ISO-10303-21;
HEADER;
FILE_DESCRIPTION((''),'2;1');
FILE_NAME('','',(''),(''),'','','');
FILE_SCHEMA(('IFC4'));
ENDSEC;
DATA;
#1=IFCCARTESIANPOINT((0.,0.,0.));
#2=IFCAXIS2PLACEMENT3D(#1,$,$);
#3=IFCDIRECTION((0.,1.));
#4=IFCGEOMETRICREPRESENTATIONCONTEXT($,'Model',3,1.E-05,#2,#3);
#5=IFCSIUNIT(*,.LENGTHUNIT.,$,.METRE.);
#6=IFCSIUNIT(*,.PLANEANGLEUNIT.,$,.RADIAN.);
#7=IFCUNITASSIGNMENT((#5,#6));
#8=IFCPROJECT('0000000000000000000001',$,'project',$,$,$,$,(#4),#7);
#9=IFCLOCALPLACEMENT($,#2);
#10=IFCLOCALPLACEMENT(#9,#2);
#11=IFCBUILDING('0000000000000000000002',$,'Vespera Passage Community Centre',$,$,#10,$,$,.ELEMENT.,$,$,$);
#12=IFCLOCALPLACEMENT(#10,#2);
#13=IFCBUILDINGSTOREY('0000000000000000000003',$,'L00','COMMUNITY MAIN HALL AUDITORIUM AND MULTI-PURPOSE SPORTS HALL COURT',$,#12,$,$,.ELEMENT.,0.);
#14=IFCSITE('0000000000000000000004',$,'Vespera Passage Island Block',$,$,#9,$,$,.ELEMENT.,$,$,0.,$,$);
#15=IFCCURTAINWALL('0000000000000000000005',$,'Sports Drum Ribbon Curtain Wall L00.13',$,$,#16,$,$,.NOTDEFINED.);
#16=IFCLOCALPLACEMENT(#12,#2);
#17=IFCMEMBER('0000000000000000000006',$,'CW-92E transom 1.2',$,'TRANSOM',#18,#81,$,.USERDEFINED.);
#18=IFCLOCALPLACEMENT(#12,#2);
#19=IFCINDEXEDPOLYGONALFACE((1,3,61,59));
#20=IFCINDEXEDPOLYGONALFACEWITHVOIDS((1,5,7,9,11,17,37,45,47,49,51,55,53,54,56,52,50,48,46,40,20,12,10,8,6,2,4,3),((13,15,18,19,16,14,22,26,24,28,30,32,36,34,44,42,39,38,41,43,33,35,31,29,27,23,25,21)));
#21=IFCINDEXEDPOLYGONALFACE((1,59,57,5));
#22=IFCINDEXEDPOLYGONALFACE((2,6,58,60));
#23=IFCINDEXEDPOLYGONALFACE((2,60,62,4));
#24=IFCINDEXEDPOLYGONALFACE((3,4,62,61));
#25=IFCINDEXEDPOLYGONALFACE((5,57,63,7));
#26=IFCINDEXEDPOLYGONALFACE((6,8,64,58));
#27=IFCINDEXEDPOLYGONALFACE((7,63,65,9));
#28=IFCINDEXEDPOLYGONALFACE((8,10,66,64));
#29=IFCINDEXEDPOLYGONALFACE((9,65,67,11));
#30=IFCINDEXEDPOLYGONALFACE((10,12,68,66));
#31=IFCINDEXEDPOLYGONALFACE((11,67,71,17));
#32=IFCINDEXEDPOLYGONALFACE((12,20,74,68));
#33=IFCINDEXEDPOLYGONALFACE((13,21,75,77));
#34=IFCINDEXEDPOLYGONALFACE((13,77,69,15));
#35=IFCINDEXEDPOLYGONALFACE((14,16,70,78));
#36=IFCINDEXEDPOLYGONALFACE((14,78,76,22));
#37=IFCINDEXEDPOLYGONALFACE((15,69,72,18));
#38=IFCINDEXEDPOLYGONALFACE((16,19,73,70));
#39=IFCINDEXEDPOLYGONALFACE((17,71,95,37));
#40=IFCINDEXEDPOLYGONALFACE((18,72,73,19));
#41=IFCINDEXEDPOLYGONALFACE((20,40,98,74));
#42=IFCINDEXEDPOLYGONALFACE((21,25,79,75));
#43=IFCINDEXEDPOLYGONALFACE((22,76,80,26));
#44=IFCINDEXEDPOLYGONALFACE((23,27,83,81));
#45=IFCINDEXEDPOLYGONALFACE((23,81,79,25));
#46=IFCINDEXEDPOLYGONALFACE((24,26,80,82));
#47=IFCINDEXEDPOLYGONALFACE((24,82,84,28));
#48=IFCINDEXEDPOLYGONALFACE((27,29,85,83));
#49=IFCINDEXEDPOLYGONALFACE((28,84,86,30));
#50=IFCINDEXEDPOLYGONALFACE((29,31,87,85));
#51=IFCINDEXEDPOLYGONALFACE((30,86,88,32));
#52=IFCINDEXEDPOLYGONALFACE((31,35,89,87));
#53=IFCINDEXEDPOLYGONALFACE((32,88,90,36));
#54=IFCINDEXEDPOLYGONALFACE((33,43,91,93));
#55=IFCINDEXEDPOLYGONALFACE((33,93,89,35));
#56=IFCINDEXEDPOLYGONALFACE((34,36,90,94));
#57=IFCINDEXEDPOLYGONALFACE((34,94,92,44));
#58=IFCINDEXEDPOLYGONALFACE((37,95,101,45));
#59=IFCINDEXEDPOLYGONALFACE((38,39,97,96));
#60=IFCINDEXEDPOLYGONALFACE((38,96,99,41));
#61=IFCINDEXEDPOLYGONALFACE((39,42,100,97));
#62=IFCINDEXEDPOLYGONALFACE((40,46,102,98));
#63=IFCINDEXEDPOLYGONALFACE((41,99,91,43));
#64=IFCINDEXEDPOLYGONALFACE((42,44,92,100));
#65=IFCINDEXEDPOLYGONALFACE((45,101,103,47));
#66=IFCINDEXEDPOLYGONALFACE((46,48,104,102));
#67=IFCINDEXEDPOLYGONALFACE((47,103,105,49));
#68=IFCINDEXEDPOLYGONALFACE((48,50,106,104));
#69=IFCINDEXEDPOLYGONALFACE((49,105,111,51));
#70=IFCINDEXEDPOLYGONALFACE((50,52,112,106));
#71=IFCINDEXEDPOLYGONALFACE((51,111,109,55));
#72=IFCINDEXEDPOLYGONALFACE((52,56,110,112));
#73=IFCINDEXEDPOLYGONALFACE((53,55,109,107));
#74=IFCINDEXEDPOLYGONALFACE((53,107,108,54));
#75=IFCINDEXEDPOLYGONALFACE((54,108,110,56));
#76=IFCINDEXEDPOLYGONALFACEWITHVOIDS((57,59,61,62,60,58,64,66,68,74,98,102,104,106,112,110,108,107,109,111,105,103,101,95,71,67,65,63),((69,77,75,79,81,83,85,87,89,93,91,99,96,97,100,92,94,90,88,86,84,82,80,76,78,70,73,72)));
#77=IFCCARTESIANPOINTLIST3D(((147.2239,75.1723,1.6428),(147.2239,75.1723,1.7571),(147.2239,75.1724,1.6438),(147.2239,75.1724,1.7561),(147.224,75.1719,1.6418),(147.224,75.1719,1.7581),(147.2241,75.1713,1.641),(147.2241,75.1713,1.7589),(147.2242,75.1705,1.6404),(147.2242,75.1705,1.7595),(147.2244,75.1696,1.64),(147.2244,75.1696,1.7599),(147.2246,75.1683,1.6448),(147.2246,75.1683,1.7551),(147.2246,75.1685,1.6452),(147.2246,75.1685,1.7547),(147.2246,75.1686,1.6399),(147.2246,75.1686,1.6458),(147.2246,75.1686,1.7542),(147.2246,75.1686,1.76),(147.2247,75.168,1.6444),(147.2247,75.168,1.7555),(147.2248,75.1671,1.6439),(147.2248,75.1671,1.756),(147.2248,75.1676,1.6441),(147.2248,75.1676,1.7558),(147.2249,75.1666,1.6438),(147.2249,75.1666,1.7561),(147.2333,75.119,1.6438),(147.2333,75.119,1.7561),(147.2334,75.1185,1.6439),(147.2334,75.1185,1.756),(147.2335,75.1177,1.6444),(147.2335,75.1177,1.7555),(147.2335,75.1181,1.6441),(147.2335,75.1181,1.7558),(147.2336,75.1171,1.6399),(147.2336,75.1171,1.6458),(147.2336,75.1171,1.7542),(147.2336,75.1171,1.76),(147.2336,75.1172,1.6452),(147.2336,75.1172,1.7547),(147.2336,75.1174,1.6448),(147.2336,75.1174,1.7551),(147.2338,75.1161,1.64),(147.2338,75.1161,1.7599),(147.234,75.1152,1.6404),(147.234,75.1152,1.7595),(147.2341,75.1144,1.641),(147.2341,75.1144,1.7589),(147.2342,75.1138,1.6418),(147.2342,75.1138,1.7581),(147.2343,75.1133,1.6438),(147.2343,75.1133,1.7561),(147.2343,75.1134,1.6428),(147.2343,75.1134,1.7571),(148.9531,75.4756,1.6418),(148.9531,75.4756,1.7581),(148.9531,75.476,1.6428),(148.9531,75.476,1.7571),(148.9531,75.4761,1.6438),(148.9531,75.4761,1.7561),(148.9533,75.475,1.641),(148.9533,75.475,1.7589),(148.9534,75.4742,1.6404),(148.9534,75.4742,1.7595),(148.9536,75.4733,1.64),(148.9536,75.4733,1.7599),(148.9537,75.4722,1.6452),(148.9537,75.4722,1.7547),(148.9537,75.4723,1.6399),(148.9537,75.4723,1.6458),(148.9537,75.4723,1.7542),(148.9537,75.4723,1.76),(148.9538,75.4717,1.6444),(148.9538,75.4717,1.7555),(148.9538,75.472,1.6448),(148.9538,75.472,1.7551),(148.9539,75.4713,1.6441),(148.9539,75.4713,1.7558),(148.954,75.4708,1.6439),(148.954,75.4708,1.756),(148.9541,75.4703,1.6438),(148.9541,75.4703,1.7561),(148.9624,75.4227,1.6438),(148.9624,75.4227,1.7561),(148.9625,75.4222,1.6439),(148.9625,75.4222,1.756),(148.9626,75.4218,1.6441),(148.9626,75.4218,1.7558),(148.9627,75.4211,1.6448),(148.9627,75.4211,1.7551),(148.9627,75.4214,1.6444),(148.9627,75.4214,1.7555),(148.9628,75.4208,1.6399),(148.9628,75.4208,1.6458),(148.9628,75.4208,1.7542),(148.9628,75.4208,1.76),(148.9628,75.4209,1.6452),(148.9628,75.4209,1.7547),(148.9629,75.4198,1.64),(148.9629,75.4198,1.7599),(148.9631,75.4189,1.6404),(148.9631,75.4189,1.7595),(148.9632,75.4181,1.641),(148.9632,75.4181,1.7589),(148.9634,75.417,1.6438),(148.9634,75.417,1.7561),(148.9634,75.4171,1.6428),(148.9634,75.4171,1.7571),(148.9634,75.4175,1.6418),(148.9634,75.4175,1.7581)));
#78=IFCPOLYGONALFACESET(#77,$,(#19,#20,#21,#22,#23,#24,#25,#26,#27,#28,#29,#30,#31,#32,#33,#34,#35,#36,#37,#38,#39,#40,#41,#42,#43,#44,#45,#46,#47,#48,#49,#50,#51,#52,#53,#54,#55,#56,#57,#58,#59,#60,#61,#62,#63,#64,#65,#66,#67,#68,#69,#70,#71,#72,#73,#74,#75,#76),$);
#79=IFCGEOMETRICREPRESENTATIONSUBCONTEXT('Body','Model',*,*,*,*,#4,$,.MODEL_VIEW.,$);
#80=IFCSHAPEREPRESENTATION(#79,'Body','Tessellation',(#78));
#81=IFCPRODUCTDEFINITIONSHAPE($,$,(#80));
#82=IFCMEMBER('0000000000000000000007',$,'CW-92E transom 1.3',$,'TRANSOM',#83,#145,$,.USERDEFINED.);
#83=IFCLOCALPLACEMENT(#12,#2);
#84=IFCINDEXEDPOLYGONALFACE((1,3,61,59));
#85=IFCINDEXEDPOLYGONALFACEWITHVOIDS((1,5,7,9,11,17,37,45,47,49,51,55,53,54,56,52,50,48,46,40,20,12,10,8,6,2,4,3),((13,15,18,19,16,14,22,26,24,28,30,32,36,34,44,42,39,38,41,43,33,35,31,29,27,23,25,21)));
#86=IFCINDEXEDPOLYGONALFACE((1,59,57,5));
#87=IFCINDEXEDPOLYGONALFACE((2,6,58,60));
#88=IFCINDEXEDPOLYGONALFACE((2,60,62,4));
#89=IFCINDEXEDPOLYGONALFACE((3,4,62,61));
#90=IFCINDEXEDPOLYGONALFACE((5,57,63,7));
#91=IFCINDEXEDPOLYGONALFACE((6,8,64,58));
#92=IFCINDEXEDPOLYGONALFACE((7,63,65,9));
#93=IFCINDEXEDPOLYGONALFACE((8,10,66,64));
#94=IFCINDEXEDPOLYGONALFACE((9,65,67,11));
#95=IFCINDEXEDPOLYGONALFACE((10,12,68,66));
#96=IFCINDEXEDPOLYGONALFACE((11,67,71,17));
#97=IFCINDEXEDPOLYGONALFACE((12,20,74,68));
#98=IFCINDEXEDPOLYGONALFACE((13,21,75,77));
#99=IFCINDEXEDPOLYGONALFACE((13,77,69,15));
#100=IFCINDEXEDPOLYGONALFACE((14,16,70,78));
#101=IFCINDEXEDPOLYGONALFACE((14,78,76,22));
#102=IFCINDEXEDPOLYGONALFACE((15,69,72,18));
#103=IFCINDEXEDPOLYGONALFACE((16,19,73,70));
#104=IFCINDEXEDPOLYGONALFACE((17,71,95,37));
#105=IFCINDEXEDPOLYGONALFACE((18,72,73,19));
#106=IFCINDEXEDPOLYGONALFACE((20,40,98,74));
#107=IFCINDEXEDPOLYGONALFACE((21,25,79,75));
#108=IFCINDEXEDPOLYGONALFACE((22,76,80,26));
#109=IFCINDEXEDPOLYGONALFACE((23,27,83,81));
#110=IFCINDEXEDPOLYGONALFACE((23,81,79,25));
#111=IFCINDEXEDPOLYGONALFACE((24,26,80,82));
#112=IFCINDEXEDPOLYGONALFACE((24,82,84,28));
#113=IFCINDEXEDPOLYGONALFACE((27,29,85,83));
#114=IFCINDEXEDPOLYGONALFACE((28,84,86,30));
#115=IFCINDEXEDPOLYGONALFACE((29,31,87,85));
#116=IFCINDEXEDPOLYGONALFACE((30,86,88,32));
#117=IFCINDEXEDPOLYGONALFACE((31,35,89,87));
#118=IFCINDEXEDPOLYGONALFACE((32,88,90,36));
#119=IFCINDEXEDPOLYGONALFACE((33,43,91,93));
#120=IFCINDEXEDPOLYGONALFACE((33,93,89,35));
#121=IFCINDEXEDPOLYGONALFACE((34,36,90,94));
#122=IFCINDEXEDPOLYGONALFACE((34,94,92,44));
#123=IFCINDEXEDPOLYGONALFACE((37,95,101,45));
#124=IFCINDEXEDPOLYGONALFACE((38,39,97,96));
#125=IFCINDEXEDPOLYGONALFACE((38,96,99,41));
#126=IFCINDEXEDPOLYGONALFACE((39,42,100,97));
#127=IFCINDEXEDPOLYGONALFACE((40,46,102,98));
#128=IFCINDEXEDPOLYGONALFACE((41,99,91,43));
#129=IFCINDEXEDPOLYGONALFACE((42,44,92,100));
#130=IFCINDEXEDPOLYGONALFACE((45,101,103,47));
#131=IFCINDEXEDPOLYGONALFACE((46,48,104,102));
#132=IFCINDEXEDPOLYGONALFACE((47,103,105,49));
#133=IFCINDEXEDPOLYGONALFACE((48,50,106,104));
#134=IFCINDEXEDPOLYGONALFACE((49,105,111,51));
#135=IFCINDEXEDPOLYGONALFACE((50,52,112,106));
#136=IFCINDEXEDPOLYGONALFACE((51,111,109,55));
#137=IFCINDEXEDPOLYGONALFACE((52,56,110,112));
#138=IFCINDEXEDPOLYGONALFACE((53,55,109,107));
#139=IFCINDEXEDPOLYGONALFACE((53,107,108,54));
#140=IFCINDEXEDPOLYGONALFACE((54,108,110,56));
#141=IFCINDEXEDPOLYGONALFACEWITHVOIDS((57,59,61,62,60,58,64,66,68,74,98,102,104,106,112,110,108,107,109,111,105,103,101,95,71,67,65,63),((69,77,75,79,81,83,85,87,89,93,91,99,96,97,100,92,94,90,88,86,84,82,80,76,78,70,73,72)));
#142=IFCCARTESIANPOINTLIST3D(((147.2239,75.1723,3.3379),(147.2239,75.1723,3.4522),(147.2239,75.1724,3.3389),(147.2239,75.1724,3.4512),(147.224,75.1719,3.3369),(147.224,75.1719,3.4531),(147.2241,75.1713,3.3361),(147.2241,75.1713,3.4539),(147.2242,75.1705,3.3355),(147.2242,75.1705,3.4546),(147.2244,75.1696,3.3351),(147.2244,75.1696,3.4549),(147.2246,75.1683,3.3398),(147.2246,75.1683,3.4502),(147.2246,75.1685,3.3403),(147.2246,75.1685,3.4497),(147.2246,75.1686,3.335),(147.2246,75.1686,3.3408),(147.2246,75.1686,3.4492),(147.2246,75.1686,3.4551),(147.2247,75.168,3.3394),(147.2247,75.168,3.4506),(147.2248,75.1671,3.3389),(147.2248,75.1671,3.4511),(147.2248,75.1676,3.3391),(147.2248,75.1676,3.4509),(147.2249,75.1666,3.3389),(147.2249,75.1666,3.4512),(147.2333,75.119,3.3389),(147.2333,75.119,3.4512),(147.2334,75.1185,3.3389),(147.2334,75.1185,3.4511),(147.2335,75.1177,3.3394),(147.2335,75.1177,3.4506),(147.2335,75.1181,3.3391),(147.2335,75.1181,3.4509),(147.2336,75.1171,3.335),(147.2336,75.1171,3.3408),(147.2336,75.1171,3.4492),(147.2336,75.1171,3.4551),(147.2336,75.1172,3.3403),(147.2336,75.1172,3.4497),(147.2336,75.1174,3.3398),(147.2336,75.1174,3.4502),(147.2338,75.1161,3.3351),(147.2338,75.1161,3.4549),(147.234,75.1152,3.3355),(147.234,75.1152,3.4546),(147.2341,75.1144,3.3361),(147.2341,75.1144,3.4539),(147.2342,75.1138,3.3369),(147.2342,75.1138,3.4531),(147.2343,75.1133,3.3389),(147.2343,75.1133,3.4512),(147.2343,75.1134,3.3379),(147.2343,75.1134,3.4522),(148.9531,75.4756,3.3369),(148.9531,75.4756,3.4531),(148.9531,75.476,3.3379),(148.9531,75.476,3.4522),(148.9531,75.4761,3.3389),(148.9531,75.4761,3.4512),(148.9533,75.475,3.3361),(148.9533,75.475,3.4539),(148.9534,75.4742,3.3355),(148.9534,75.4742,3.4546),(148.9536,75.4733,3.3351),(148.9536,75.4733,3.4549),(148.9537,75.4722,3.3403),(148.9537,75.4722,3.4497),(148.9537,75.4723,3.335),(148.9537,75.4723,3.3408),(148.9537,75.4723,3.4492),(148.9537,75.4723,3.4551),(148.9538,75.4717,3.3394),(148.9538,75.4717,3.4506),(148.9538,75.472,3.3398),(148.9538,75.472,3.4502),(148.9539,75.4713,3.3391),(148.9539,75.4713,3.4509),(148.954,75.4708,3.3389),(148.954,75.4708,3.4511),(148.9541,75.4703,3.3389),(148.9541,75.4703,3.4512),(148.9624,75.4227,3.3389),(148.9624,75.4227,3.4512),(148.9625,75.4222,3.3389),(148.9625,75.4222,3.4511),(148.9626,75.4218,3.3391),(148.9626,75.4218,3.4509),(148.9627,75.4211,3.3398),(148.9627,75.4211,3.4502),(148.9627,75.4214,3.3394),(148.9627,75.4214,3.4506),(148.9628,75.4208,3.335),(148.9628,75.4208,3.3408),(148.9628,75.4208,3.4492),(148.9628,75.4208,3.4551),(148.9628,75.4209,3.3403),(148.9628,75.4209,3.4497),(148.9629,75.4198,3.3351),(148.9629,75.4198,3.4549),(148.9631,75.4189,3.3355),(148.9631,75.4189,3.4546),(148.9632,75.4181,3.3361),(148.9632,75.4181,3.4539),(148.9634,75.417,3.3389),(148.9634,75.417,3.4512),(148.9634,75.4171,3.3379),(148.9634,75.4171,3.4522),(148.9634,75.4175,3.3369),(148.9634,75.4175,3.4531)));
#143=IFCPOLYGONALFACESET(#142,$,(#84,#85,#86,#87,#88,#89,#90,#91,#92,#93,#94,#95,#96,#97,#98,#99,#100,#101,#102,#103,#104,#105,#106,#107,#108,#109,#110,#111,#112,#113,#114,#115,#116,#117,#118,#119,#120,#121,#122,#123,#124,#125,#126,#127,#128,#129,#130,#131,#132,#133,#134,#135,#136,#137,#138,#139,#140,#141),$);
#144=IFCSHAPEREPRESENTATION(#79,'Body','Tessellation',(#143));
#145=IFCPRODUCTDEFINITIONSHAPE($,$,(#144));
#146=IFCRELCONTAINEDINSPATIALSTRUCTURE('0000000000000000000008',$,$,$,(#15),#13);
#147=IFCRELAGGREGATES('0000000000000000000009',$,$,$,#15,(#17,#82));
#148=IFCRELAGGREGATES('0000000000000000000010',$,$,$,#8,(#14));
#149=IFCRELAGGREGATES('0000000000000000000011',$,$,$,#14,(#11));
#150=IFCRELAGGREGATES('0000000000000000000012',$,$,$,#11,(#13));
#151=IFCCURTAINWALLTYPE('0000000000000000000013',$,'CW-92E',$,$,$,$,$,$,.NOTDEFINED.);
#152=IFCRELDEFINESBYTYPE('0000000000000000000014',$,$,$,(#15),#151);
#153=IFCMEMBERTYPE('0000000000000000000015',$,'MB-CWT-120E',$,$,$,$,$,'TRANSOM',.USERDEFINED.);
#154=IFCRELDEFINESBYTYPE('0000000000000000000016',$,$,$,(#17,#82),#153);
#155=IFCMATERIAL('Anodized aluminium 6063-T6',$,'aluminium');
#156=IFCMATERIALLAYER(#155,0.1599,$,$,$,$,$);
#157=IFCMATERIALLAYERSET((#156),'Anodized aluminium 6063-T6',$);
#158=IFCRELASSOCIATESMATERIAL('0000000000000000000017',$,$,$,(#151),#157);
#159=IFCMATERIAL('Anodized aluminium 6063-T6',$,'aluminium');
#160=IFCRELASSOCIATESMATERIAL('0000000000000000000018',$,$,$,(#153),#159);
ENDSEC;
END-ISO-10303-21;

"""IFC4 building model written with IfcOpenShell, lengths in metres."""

from ifc_helpers import new_model, si_unit, direction, frame, origin, origin_2d, place, context, subcontext, project, spatial, hollow_rectangle, extrude, material, layer, layer_set, material_profile, profile_set, type_object, element, aggregate, save


model = new_model("IFC4")

# Units and contexts
model_context = context("Model", 3, precision=1e-05, world=origin(), true_north=direction((0.0, 1.0)))
body_context = subcontext(model_context, "Body", "Model", "MODEL_VIEW")
ifc_project = project(units=[si_unit("LENGTHUNIT", "METRE"), si_unit("PLANEANGLEUNIT", "RADIAN")], contexts=[model_context])

# Site, building, storey
site_placement = place(None, origin())
site = spatial("IfcSite", under=ifc_project, at=site_placement, Name="Vespera Passage Island Block", CompositionType="ELEMENT", RefElevation=0.0)
building_placement = place(site_placement, origin())
building = spatial("IfcBuilding", under=site, at=building_placement, Name="Vespera Passage Community Centre", CompositionType="ELEMENT")
storey_placement = place(building_placement, origin())
storey = spatial("IfcBuildingStorey", under=building, at=storey_placement, Name="L00", Description="COMMUNITY MAIN HALL AUDITORIUM AND MULTI-PURPOSE SPORTS HALL COURT", CompositionType="ELEMENT", Elevation=0.0)

# Curtain wall
ifc_material_1 = material(Name="Anodized aluminium 6063-T6", Category="aluminium")
ifc_layer_1 = layer(ifc_material_1, 0.1599)
ifc_layer_set_1 = layer_set([ifc_layer_1], Name="Anodized aluminium 6063-T6")
curtain_wall_type_1 = type_object("IfcCurtainWallType", Name="CW-92E", PredefinedType="NOTDEFINED", material=ifc_layer_set_1)
curtain_wall_1_placement = place(storey_placement, origin())
curtain_wall_1 = element("IfcCurtainWall", 1, at=curtain_wall_1_placement, inside=storey, type_object=curtain_wall_type_1, Name="Sports Drum Ribbon Curtain Wall L00.13", PredefinedType="NOTDEFINED")

# Members
ifc_material_2 = material(Name="Anodized aluminium 6063-T6", Category="aluminium")
ifc_material_profile_1 = material_profile(ifc_material_2, hollow_rectangle(XDim=0.0601, YDim=0.1201, WallThickness=0.0039, InnerFilletRadius=0.002, OuterFilletRadius=0.0039, at=origin_2d()), Name="ALU120X60X4")
ifc_profile_set_1 = profile_set([ifc_material_profile_1], Name="Anodized aluminium 6063-T6")
member_type_1 = type_object("IfcMemberType", Name="MB-CWT-120E", ElementType="TRANSOM", PredefinedType="USERDEFINED", material=ifc_profile_set_1)
member_1_placement = place(storey_placement, frame((148.9583, 75.4465, 1.7), z_axis=(-0.984925, -0.172984, 0.0), x_axis=(0.172984, -0.984925, 0.0)))
member_1 = element("IfcMember", 2, at=member_1_placement, type_object=member_type_1, Name="CW-92E transom 1.2", ObjectType="TRANSOM", PredefinedType="USERDEFINED", context=body_context, shape_type="SweptSolid", body=[
    extrude(hollow_rectangle(XDim=0.0601, YDim=0.1201, WallThickness=0.0039, InnerFilletRadius=0.002, OuterFilletRadius=0.0039, at=origin_2d()), origin(), (0.0, 0.0, 1.0), 1.7556),
])
member_2_placement = place(storey_placement, frame((148.9583, 75.4465, 3.395), z_axis=(-0.984925, -0.172984, 0.0), x_axis=(0.172984, -0.984925, 0.0)))
member_2 = element("IfcMember", 3, at=member_2_placement, type_object=member_type_1, Name="CW-92E transom 1.3", ObjectType="TRANSOM", PredefinedType="USERDEFINED", context=body_context, shape_type="SweptSolid", body=[
    extrude(hollow_rectangle(XDim=0.0601, YDim=0.1201, WallThickness=0.0039, InnerFilletRadius=0.002, OuterFilletRadius=0.0039, at=origin_2d()), origin(), (0.0, 0.0, 1.0), 1.7556),
])

aggregate(curtain_wall_1, [member_1, member_2])

save(model, "model.ifc")
